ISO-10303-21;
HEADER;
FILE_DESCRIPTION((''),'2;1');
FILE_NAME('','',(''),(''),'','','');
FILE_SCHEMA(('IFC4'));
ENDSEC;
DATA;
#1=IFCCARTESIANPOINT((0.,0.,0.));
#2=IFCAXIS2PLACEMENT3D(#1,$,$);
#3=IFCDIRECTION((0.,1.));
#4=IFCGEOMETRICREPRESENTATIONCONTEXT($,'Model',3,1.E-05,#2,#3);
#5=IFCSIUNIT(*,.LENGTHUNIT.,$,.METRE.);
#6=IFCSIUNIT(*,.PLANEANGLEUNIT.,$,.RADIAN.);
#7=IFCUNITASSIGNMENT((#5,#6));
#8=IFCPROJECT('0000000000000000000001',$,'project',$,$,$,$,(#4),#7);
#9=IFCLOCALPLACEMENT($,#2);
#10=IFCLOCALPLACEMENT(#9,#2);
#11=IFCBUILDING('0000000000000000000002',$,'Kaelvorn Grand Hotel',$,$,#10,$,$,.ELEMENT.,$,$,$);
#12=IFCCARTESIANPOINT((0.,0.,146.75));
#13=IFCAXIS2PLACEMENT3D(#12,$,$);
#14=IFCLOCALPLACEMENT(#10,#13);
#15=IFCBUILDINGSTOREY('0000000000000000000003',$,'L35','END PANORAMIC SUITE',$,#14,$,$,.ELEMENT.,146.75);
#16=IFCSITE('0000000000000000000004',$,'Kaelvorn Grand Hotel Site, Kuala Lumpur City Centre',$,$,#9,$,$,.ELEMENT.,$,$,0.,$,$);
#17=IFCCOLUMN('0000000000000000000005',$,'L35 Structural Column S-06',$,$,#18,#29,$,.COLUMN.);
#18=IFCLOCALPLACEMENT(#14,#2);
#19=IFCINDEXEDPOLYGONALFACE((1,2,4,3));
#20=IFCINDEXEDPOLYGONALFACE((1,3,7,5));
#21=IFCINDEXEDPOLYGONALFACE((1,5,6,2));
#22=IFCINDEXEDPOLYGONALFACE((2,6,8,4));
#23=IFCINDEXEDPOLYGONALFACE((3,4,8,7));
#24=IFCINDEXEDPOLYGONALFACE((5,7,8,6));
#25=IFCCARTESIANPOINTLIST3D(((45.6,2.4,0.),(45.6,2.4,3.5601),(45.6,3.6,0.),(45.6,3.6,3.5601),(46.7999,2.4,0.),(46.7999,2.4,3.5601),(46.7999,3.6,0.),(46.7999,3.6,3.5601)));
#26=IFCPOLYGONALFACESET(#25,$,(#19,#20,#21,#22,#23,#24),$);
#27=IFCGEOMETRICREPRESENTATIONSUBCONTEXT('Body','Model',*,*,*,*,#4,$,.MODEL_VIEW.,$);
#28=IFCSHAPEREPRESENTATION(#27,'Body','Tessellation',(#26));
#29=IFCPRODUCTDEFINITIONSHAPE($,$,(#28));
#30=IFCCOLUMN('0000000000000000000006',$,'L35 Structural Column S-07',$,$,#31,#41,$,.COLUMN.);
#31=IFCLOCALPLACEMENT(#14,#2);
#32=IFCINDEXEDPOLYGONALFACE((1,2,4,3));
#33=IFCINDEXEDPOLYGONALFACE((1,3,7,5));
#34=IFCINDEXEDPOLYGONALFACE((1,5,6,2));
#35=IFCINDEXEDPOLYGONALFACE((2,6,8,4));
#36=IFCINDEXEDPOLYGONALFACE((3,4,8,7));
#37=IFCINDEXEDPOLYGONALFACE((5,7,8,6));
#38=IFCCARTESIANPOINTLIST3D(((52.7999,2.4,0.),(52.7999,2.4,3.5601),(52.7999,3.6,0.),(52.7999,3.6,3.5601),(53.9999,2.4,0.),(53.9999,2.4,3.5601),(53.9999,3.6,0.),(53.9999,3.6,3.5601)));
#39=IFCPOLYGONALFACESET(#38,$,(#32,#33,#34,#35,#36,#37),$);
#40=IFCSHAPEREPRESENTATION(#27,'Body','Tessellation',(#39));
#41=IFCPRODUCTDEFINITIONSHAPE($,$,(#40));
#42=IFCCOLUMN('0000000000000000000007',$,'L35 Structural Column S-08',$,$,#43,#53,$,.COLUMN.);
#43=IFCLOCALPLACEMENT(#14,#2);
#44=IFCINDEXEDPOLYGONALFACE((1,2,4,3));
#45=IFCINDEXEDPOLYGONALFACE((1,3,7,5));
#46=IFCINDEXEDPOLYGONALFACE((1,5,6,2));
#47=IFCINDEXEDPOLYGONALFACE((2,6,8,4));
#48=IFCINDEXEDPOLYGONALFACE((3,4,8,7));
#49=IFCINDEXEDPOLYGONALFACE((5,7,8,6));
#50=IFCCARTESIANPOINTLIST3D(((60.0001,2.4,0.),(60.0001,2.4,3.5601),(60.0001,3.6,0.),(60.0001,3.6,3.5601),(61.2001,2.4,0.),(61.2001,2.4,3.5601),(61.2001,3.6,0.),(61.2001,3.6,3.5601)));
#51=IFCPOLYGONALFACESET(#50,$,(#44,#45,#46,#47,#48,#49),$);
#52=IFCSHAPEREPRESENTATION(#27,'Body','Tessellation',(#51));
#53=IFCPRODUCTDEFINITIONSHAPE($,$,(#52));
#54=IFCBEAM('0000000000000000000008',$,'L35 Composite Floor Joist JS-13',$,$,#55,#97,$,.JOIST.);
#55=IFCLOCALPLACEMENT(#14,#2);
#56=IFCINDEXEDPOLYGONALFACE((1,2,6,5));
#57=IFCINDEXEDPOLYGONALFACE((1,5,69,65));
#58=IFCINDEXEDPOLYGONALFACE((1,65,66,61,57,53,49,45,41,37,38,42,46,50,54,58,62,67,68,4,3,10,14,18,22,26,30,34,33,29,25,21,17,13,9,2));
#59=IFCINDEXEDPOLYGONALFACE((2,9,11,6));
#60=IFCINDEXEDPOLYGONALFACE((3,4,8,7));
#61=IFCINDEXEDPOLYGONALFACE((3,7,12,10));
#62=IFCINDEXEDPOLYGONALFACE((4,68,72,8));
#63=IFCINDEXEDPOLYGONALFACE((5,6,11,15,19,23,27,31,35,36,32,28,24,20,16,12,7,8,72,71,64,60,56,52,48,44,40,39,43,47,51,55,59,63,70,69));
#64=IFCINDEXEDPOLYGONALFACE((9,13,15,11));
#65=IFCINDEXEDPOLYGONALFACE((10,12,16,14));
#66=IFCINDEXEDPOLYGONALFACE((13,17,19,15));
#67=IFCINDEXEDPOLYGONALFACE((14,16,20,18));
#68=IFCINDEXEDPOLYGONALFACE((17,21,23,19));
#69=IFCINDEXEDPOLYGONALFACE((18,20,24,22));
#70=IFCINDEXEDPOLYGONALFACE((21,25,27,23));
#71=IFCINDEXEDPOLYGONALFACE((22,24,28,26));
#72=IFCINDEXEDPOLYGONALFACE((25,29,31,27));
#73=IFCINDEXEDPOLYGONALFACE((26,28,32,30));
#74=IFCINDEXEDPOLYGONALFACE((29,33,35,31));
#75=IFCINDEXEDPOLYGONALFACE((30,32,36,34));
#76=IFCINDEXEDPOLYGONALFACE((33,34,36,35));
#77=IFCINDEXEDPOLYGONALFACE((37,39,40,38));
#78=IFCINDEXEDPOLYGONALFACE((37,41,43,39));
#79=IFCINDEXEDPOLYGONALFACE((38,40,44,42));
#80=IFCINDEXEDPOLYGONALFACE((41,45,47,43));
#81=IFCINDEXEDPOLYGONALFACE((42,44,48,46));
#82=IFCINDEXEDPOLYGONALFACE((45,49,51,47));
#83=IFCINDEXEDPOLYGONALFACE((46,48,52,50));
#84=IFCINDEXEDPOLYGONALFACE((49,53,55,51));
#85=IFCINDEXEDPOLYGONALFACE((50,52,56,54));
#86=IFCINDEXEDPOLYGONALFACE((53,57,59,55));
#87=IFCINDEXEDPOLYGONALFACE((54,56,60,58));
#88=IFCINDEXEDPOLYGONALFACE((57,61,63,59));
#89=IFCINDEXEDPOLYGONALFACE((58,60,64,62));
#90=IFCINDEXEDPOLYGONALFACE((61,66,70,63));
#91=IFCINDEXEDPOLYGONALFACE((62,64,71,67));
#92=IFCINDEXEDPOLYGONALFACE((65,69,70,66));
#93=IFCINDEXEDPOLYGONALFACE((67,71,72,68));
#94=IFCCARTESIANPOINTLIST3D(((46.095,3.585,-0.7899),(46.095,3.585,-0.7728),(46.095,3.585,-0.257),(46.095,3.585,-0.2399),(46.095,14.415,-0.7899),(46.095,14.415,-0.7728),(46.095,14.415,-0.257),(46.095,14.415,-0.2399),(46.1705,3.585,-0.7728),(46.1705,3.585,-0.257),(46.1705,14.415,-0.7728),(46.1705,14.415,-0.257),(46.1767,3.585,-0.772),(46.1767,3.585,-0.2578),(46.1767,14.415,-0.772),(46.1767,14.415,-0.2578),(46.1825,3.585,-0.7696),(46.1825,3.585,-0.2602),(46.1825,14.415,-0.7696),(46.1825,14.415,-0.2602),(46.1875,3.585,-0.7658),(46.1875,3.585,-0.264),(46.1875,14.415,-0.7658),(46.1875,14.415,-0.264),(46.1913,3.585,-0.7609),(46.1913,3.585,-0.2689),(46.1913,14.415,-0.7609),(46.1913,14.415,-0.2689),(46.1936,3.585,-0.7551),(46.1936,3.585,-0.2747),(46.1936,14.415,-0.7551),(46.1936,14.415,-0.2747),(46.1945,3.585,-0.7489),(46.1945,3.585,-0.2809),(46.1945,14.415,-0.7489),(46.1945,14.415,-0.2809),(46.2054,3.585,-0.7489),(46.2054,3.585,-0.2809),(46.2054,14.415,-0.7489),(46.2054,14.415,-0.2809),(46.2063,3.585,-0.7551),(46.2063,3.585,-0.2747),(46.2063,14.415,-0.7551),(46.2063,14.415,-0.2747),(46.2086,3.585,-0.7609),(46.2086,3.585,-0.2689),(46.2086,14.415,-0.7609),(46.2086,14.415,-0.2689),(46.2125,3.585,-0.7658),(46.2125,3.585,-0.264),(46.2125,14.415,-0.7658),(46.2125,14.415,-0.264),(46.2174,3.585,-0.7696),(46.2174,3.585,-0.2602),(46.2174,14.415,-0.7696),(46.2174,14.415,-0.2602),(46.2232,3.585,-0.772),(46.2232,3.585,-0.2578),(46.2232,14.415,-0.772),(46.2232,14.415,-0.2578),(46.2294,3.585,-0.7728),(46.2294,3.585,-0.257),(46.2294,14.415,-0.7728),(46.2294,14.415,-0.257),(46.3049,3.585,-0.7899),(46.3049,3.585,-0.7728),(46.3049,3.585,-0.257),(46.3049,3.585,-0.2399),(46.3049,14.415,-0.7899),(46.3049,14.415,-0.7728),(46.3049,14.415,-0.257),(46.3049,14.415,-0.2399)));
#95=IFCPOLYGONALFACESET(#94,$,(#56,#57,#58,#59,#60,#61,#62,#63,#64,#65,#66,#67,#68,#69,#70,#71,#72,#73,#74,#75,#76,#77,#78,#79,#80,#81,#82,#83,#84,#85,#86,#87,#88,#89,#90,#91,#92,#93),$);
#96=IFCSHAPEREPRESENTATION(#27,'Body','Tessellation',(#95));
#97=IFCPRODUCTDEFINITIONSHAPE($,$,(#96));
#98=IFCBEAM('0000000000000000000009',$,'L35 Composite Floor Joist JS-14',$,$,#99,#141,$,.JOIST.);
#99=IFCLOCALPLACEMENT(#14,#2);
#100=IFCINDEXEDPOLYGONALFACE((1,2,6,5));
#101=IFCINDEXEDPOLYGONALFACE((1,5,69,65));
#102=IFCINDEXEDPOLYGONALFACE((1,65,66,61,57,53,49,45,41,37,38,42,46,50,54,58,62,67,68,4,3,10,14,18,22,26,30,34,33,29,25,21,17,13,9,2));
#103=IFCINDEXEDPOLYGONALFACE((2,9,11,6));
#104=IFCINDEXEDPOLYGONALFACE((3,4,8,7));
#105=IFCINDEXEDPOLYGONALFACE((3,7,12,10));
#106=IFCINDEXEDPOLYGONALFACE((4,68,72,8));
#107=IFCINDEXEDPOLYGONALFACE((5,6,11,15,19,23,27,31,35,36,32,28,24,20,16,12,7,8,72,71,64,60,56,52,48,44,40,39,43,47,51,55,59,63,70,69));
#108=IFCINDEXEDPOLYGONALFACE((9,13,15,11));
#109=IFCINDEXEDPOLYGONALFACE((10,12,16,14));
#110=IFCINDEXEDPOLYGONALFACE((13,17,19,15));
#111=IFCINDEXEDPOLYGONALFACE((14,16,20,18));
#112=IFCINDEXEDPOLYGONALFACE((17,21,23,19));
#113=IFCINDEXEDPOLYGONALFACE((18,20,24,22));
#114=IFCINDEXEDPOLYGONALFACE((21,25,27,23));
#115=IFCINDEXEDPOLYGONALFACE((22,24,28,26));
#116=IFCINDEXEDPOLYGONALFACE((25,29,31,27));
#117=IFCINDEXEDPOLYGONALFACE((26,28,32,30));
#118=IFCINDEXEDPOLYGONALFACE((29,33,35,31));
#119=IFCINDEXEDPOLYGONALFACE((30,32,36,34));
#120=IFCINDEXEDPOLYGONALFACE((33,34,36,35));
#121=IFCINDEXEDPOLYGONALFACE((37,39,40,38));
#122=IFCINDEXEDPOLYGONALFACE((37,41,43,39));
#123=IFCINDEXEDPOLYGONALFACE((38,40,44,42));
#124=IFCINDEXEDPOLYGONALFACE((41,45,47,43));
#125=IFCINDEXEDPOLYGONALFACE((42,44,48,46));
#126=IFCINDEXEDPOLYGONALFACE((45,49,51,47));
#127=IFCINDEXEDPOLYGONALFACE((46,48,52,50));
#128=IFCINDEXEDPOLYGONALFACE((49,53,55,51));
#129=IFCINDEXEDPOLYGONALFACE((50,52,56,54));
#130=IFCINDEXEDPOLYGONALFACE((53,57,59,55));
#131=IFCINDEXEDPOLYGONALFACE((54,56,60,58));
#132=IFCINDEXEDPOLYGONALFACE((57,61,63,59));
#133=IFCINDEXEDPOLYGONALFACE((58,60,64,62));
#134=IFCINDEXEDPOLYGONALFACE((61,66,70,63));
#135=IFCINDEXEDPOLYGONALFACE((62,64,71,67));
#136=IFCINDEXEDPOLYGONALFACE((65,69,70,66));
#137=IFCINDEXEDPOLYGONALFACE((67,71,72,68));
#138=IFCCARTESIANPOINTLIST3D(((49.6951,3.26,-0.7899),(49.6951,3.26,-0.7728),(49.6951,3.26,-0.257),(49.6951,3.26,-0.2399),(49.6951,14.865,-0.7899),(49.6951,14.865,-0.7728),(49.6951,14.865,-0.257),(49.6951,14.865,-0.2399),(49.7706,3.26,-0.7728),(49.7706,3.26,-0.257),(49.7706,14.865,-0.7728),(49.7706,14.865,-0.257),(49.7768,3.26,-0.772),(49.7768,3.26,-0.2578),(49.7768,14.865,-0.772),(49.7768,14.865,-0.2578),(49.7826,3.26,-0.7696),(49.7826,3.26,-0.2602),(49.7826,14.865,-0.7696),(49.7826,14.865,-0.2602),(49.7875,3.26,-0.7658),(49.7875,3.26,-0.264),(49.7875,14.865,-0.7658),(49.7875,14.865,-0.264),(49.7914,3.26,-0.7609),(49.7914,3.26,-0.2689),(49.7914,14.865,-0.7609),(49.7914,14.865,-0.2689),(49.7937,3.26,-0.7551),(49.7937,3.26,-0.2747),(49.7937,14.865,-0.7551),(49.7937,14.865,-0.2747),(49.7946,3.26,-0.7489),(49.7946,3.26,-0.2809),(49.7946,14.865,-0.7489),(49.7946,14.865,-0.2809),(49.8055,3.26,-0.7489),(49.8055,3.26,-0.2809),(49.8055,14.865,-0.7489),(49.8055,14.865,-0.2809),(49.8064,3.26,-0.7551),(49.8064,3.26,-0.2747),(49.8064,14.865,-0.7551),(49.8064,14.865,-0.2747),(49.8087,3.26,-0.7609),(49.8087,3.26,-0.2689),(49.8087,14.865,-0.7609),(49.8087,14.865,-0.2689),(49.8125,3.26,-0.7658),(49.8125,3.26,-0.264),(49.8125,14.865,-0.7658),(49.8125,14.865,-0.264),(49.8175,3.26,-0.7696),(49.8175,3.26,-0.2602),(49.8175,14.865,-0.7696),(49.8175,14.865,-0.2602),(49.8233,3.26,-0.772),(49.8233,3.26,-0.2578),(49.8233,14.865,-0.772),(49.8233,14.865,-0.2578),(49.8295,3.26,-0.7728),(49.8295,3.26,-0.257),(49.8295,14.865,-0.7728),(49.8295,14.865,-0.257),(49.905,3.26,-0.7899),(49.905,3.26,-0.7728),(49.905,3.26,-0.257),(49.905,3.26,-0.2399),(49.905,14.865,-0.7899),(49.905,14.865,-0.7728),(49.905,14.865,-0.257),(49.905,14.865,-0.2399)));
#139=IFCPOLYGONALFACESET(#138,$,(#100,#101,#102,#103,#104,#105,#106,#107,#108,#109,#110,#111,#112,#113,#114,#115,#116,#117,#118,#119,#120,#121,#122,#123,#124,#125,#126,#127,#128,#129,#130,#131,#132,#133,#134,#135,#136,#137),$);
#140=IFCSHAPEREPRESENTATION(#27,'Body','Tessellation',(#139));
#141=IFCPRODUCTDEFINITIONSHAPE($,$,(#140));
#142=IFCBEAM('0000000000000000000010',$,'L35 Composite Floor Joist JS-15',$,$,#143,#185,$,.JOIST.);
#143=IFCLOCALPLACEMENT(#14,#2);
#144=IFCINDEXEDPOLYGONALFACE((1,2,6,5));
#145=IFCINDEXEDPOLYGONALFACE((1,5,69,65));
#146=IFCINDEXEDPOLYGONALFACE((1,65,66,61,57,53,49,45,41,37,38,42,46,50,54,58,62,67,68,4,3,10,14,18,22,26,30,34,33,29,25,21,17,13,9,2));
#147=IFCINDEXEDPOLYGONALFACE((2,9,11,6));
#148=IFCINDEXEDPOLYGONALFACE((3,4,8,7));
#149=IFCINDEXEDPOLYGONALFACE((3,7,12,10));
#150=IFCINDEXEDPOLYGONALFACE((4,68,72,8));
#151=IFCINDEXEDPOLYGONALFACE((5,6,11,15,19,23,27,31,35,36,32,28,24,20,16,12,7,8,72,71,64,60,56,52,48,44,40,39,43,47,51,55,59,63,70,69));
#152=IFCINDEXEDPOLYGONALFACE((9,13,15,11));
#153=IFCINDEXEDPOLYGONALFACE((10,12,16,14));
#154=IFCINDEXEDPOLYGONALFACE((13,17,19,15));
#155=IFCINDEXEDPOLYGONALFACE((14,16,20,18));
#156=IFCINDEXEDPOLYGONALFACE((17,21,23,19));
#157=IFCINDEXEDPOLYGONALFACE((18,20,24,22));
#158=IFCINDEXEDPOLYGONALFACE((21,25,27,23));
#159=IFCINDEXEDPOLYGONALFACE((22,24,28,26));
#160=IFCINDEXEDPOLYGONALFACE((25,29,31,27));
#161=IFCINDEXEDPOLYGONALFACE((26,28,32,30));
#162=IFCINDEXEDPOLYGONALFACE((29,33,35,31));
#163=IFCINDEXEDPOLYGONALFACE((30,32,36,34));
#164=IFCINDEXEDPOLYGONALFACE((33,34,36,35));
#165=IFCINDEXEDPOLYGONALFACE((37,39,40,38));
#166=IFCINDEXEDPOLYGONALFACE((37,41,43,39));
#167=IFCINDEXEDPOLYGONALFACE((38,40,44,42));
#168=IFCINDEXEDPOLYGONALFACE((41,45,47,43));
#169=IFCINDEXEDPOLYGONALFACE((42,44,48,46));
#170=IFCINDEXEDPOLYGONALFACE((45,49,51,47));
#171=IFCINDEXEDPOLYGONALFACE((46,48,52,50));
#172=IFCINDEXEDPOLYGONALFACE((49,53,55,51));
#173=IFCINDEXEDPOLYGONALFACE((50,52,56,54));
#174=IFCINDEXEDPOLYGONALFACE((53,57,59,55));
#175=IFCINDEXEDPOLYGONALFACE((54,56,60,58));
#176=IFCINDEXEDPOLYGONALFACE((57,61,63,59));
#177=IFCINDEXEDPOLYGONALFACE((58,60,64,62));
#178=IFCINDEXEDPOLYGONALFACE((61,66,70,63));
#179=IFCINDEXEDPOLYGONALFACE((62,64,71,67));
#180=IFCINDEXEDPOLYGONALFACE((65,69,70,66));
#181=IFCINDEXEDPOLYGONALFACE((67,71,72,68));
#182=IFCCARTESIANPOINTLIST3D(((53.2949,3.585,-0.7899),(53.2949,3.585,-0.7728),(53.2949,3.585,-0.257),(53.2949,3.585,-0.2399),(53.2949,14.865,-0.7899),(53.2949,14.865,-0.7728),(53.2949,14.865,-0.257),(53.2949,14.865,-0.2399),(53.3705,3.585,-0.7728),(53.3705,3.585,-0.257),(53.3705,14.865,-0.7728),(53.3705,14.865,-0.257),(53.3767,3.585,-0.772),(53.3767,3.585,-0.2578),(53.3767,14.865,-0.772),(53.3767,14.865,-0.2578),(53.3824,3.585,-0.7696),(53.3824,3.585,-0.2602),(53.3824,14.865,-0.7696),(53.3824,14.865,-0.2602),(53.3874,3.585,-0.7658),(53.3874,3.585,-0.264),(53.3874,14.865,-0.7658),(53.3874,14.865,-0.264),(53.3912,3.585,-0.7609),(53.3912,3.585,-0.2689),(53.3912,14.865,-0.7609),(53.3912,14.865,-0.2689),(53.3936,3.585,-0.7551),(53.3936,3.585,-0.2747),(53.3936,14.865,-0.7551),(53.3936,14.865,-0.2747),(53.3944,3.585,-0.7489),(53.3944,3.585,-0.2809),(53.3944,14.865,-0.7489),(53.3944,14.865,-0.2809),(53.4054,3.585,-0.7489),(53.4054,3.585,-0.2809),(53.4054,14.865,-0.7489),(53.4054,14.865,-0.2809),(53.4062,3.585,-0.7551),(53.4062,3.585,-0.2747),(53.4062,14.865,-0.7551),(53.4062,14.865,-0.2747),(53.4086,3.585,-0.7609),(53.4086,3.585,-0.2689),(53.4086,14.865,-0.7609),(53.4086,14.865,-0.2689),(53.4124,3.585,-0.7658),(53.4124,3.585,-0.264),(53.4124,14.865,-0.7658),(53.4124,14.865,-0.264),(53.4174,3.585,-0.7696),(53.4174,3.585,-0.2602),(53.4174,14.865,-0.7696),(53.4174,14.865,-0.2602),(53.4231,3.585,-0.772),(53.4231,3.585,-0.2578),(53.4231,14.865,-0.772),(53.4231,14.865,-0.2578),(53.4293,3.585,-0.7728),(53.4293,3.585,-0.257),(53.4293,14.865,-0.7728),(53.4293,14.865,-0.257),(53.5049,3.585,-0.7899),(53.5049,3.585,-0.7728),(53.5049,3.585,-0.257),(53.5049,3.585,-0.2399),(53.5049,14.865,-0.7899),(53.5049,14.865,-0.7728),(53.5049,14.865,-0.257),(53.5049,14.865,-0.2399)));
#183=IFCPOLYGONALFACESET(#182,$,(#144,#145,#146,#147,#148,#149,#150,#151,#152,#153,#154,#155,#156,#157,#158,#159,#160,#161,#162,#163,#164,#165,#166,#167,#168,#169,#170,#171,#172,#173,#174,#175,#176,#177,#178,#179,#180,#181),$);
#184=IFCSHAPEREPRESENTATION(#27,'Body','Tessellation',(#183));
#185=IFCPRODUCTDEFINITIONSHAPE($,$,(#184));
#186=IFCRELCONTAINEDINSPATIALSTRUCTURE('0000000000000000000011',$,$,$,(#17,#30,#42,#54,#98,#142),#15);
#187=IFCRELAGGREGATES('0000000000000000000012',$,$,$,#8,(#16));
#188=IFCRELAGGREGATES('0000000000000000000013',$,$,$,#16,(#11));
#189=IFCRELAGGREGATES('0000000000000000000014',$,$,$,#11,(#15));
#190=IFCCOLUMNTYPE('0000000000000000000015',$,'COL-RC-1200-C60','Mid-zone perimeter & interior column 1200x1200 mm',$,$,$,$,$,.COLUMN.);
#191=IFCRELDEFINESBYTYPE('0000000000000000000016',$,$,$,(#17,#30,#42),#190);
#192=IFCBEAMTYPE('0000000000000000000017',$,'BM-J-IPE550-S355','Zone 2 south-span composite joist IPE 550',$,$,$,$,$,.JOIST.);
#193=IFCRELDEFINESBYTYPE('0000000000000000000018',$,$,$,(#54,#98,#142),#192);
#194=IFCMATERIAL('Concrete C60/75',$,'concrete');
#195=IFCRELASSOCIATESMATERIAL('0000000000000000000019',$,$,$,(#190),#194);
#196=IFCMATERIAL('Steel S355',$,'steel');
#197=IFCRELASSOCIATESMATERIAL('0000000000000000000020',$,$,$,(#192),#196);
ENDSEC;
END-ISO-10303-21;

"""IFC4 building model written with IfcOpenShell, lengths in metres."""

from ifc_helpers import new_model, si_unit, direction, frame, origin, origin_2d, place, context, subcontext, project, spatial, rectangle, i_section, extrude, material, material_profile, profile_set, type_object, element, save


model = new_model("IFC4")

# Units and contexts
model_context = context("Model", 3, precision=1e-05, world=origin(), true_north=direction((0.0, 1.0)))
body_context = subcontext(model_context, "Body", "Model", "MODEL_VIEW")
ifc_project = project(units=[si_unit("LENGTHUNIT", "METRE"), si_unit("PLANEANGLEUNIT", "RADIAN")], contexts=[model_context])

# Site, building, storey
site_placement = place(None, origin())
site = spatial("IfcSite", under=ifc_project, at=site_placement, Name="Kaelvorn Grand Hotel Site, Kuala Lumpur City Centre", CompositionType="ELEMENT", RefElevation=0.0)
building_placement = place(site_placement, origin())
building = spatial("IfcBuilding", under=site, at=building_placement, Name="Kaelvorn Grand Hotel", CompositionType="ELEMENT")
storey_placement = place(building_placement, frame((0.0, 0.0, 146.75)))
storey = spatial("IfcBuildingStorey", under=building, at=storey_placement, Name="L35", Description="END PANORAMIC SUITE", CompositionType="ELEMENT", Elevation=146.75)

# Columns
ifc_material_1 = material(Name="Concrete C60/75", Category="concrete")
ifc_material_profile_1 = material_profile(ifc_material_1, rectangle(XDim=1.2, YDim=1.2, at=origin_2d()), Name="RC COL 1200x1200")
ifc_profile_set_1 = profile_set([ifc_material_profile_1], Name="Concrete C60/75")
column_type = type_object("IfcColumnType", Name="COL-RC-1200-C60", Description="Mid-zone perimeter & interior column 1200x1200 mm", PredefinedType="COLUMN", material=ifc_profile_set_1)
for number, where, z_axis, x_axis, name in (
    (1, (46.2, 3.0, 0.0), (0.0, 0.0, 1.0), (1.0, 0.0, 0.0), "L35 Structural Column S-06"),
    (2, (53.3999, 3.0, 0.0), (0.0, 0.0, 1.0), (1.0, 0.0, 0.0), "L35 Structural Column S-07"),
    (3, (60.6001, 3.0, 0.0), (0.0, 0.0, 1.0), (1.0, 0.0, 0.0), "L35 Structural Column S-08"),
):
    element("IfcColumn", number, at=place(storey_placement, frame(where, z_axis=z_axis, x_axis=x_axis)), inside=storey, type_object=column_type, Name=name, PredefinedType="COLUMN", context=body_context, shape_type="SweptSolid", body=[
        extrude(rectangle(XDim=1.2, YDim=1.2, at=origin_2d()), origin(), (0.0, 0.0, 1.0), 3.5601),
    ])

# Beams
ifc_material_2 = material(Name="Steel S355", Category="steel")
ifc_material_profile_2 = material_profile(ifc_material_2, i_section(OverallWidth=0.21, OverallDepth=0.55, WebThickness=0.011, FlangeThickness=0.0171, FilletRadius=0.0239, at=origin_2d()), Name="IPE 550")
ifc_profile_set_2 = profile_set([ifc_material_profile_2], Name="Steel S355")
beam_type_1 = type_object("IfcBeamType", Name="BM-J-IPE550-S355", Description="Zone 2 south-span composite joist IPE 550", PredefinedType="JOIST", material=ifc_profile_set_2)
beam_1_placement = place(storey_placement, frame((46.2, 3.585, -0.5149), z_axis=(0.0, 1.0, 0.0), x_axis=(-1.0, 0.0, 0.0)))
element("IfcBeam", 4, at=beam_1_placement, inside=storey, type_object=beam_type_1, Name="L35 Composite Floor Joist JS-13", PredefinedType="JOIST", context=body_context, shape_type="SweptSolid", body=[
    extrude(i_section(OverallWidth=0.21, OverallDepth=0.55, WebThickness=0.011, FlangeThickness=0.0171, FilletRadius=0.0239, at=origin_2d()), origin(), (0.0, 0.0, 1.0), 10.8301),
])
beam_2_placement = place(storey_placement, frame((49.8, 3.26, -0.5149), z_axis=(0.0, 1.0, 0.0), x_axis=(-1.0, 0.0, 0.0)))
element("IfcBeam", 5, at=beam_2_placement, inside=storey, type_object=beam_type_1, Name="L35 Composite Floor Joist JS-14", PredefinedType="JOIST", context=body_context, shape_type="SweptSolid", body=[
    extrude(i_section(OverallWidth=0.21, OverallDepth=0.55, WebThickness=0.011, FlangeThickness=0.0171, FilletRadius=0.0239, at=origin_2d()), origin(), (0.0, 0.0, 1.0), 11.605),
])
beam_3_placement = place(storey_placement, frame((53.3999, 3.585, -0.5149), z_axis=(0.0, 1.0, 0.0), x_axis=(-1.0, 0.0, 0.0)))
element("IfcBeam", 6, at=beam_3_placement, inside=storey, type_object=beam_type_1, Name="L35 Composite Floor Joist JS-15", PredefinedType="JOIST", context=body_context, shape_type="SweptSolid", body=[
    extrude(i_section(OverallWidth=0.21, OverallDepth=0.55, WebThickness=0.011, FlangeThickness=0.0171, FilletRadius=0.0239, at=origin_2d()), origin(), (0.0, 0.0, 1.0), 11.28),
])

save(model, "model.ifc")
